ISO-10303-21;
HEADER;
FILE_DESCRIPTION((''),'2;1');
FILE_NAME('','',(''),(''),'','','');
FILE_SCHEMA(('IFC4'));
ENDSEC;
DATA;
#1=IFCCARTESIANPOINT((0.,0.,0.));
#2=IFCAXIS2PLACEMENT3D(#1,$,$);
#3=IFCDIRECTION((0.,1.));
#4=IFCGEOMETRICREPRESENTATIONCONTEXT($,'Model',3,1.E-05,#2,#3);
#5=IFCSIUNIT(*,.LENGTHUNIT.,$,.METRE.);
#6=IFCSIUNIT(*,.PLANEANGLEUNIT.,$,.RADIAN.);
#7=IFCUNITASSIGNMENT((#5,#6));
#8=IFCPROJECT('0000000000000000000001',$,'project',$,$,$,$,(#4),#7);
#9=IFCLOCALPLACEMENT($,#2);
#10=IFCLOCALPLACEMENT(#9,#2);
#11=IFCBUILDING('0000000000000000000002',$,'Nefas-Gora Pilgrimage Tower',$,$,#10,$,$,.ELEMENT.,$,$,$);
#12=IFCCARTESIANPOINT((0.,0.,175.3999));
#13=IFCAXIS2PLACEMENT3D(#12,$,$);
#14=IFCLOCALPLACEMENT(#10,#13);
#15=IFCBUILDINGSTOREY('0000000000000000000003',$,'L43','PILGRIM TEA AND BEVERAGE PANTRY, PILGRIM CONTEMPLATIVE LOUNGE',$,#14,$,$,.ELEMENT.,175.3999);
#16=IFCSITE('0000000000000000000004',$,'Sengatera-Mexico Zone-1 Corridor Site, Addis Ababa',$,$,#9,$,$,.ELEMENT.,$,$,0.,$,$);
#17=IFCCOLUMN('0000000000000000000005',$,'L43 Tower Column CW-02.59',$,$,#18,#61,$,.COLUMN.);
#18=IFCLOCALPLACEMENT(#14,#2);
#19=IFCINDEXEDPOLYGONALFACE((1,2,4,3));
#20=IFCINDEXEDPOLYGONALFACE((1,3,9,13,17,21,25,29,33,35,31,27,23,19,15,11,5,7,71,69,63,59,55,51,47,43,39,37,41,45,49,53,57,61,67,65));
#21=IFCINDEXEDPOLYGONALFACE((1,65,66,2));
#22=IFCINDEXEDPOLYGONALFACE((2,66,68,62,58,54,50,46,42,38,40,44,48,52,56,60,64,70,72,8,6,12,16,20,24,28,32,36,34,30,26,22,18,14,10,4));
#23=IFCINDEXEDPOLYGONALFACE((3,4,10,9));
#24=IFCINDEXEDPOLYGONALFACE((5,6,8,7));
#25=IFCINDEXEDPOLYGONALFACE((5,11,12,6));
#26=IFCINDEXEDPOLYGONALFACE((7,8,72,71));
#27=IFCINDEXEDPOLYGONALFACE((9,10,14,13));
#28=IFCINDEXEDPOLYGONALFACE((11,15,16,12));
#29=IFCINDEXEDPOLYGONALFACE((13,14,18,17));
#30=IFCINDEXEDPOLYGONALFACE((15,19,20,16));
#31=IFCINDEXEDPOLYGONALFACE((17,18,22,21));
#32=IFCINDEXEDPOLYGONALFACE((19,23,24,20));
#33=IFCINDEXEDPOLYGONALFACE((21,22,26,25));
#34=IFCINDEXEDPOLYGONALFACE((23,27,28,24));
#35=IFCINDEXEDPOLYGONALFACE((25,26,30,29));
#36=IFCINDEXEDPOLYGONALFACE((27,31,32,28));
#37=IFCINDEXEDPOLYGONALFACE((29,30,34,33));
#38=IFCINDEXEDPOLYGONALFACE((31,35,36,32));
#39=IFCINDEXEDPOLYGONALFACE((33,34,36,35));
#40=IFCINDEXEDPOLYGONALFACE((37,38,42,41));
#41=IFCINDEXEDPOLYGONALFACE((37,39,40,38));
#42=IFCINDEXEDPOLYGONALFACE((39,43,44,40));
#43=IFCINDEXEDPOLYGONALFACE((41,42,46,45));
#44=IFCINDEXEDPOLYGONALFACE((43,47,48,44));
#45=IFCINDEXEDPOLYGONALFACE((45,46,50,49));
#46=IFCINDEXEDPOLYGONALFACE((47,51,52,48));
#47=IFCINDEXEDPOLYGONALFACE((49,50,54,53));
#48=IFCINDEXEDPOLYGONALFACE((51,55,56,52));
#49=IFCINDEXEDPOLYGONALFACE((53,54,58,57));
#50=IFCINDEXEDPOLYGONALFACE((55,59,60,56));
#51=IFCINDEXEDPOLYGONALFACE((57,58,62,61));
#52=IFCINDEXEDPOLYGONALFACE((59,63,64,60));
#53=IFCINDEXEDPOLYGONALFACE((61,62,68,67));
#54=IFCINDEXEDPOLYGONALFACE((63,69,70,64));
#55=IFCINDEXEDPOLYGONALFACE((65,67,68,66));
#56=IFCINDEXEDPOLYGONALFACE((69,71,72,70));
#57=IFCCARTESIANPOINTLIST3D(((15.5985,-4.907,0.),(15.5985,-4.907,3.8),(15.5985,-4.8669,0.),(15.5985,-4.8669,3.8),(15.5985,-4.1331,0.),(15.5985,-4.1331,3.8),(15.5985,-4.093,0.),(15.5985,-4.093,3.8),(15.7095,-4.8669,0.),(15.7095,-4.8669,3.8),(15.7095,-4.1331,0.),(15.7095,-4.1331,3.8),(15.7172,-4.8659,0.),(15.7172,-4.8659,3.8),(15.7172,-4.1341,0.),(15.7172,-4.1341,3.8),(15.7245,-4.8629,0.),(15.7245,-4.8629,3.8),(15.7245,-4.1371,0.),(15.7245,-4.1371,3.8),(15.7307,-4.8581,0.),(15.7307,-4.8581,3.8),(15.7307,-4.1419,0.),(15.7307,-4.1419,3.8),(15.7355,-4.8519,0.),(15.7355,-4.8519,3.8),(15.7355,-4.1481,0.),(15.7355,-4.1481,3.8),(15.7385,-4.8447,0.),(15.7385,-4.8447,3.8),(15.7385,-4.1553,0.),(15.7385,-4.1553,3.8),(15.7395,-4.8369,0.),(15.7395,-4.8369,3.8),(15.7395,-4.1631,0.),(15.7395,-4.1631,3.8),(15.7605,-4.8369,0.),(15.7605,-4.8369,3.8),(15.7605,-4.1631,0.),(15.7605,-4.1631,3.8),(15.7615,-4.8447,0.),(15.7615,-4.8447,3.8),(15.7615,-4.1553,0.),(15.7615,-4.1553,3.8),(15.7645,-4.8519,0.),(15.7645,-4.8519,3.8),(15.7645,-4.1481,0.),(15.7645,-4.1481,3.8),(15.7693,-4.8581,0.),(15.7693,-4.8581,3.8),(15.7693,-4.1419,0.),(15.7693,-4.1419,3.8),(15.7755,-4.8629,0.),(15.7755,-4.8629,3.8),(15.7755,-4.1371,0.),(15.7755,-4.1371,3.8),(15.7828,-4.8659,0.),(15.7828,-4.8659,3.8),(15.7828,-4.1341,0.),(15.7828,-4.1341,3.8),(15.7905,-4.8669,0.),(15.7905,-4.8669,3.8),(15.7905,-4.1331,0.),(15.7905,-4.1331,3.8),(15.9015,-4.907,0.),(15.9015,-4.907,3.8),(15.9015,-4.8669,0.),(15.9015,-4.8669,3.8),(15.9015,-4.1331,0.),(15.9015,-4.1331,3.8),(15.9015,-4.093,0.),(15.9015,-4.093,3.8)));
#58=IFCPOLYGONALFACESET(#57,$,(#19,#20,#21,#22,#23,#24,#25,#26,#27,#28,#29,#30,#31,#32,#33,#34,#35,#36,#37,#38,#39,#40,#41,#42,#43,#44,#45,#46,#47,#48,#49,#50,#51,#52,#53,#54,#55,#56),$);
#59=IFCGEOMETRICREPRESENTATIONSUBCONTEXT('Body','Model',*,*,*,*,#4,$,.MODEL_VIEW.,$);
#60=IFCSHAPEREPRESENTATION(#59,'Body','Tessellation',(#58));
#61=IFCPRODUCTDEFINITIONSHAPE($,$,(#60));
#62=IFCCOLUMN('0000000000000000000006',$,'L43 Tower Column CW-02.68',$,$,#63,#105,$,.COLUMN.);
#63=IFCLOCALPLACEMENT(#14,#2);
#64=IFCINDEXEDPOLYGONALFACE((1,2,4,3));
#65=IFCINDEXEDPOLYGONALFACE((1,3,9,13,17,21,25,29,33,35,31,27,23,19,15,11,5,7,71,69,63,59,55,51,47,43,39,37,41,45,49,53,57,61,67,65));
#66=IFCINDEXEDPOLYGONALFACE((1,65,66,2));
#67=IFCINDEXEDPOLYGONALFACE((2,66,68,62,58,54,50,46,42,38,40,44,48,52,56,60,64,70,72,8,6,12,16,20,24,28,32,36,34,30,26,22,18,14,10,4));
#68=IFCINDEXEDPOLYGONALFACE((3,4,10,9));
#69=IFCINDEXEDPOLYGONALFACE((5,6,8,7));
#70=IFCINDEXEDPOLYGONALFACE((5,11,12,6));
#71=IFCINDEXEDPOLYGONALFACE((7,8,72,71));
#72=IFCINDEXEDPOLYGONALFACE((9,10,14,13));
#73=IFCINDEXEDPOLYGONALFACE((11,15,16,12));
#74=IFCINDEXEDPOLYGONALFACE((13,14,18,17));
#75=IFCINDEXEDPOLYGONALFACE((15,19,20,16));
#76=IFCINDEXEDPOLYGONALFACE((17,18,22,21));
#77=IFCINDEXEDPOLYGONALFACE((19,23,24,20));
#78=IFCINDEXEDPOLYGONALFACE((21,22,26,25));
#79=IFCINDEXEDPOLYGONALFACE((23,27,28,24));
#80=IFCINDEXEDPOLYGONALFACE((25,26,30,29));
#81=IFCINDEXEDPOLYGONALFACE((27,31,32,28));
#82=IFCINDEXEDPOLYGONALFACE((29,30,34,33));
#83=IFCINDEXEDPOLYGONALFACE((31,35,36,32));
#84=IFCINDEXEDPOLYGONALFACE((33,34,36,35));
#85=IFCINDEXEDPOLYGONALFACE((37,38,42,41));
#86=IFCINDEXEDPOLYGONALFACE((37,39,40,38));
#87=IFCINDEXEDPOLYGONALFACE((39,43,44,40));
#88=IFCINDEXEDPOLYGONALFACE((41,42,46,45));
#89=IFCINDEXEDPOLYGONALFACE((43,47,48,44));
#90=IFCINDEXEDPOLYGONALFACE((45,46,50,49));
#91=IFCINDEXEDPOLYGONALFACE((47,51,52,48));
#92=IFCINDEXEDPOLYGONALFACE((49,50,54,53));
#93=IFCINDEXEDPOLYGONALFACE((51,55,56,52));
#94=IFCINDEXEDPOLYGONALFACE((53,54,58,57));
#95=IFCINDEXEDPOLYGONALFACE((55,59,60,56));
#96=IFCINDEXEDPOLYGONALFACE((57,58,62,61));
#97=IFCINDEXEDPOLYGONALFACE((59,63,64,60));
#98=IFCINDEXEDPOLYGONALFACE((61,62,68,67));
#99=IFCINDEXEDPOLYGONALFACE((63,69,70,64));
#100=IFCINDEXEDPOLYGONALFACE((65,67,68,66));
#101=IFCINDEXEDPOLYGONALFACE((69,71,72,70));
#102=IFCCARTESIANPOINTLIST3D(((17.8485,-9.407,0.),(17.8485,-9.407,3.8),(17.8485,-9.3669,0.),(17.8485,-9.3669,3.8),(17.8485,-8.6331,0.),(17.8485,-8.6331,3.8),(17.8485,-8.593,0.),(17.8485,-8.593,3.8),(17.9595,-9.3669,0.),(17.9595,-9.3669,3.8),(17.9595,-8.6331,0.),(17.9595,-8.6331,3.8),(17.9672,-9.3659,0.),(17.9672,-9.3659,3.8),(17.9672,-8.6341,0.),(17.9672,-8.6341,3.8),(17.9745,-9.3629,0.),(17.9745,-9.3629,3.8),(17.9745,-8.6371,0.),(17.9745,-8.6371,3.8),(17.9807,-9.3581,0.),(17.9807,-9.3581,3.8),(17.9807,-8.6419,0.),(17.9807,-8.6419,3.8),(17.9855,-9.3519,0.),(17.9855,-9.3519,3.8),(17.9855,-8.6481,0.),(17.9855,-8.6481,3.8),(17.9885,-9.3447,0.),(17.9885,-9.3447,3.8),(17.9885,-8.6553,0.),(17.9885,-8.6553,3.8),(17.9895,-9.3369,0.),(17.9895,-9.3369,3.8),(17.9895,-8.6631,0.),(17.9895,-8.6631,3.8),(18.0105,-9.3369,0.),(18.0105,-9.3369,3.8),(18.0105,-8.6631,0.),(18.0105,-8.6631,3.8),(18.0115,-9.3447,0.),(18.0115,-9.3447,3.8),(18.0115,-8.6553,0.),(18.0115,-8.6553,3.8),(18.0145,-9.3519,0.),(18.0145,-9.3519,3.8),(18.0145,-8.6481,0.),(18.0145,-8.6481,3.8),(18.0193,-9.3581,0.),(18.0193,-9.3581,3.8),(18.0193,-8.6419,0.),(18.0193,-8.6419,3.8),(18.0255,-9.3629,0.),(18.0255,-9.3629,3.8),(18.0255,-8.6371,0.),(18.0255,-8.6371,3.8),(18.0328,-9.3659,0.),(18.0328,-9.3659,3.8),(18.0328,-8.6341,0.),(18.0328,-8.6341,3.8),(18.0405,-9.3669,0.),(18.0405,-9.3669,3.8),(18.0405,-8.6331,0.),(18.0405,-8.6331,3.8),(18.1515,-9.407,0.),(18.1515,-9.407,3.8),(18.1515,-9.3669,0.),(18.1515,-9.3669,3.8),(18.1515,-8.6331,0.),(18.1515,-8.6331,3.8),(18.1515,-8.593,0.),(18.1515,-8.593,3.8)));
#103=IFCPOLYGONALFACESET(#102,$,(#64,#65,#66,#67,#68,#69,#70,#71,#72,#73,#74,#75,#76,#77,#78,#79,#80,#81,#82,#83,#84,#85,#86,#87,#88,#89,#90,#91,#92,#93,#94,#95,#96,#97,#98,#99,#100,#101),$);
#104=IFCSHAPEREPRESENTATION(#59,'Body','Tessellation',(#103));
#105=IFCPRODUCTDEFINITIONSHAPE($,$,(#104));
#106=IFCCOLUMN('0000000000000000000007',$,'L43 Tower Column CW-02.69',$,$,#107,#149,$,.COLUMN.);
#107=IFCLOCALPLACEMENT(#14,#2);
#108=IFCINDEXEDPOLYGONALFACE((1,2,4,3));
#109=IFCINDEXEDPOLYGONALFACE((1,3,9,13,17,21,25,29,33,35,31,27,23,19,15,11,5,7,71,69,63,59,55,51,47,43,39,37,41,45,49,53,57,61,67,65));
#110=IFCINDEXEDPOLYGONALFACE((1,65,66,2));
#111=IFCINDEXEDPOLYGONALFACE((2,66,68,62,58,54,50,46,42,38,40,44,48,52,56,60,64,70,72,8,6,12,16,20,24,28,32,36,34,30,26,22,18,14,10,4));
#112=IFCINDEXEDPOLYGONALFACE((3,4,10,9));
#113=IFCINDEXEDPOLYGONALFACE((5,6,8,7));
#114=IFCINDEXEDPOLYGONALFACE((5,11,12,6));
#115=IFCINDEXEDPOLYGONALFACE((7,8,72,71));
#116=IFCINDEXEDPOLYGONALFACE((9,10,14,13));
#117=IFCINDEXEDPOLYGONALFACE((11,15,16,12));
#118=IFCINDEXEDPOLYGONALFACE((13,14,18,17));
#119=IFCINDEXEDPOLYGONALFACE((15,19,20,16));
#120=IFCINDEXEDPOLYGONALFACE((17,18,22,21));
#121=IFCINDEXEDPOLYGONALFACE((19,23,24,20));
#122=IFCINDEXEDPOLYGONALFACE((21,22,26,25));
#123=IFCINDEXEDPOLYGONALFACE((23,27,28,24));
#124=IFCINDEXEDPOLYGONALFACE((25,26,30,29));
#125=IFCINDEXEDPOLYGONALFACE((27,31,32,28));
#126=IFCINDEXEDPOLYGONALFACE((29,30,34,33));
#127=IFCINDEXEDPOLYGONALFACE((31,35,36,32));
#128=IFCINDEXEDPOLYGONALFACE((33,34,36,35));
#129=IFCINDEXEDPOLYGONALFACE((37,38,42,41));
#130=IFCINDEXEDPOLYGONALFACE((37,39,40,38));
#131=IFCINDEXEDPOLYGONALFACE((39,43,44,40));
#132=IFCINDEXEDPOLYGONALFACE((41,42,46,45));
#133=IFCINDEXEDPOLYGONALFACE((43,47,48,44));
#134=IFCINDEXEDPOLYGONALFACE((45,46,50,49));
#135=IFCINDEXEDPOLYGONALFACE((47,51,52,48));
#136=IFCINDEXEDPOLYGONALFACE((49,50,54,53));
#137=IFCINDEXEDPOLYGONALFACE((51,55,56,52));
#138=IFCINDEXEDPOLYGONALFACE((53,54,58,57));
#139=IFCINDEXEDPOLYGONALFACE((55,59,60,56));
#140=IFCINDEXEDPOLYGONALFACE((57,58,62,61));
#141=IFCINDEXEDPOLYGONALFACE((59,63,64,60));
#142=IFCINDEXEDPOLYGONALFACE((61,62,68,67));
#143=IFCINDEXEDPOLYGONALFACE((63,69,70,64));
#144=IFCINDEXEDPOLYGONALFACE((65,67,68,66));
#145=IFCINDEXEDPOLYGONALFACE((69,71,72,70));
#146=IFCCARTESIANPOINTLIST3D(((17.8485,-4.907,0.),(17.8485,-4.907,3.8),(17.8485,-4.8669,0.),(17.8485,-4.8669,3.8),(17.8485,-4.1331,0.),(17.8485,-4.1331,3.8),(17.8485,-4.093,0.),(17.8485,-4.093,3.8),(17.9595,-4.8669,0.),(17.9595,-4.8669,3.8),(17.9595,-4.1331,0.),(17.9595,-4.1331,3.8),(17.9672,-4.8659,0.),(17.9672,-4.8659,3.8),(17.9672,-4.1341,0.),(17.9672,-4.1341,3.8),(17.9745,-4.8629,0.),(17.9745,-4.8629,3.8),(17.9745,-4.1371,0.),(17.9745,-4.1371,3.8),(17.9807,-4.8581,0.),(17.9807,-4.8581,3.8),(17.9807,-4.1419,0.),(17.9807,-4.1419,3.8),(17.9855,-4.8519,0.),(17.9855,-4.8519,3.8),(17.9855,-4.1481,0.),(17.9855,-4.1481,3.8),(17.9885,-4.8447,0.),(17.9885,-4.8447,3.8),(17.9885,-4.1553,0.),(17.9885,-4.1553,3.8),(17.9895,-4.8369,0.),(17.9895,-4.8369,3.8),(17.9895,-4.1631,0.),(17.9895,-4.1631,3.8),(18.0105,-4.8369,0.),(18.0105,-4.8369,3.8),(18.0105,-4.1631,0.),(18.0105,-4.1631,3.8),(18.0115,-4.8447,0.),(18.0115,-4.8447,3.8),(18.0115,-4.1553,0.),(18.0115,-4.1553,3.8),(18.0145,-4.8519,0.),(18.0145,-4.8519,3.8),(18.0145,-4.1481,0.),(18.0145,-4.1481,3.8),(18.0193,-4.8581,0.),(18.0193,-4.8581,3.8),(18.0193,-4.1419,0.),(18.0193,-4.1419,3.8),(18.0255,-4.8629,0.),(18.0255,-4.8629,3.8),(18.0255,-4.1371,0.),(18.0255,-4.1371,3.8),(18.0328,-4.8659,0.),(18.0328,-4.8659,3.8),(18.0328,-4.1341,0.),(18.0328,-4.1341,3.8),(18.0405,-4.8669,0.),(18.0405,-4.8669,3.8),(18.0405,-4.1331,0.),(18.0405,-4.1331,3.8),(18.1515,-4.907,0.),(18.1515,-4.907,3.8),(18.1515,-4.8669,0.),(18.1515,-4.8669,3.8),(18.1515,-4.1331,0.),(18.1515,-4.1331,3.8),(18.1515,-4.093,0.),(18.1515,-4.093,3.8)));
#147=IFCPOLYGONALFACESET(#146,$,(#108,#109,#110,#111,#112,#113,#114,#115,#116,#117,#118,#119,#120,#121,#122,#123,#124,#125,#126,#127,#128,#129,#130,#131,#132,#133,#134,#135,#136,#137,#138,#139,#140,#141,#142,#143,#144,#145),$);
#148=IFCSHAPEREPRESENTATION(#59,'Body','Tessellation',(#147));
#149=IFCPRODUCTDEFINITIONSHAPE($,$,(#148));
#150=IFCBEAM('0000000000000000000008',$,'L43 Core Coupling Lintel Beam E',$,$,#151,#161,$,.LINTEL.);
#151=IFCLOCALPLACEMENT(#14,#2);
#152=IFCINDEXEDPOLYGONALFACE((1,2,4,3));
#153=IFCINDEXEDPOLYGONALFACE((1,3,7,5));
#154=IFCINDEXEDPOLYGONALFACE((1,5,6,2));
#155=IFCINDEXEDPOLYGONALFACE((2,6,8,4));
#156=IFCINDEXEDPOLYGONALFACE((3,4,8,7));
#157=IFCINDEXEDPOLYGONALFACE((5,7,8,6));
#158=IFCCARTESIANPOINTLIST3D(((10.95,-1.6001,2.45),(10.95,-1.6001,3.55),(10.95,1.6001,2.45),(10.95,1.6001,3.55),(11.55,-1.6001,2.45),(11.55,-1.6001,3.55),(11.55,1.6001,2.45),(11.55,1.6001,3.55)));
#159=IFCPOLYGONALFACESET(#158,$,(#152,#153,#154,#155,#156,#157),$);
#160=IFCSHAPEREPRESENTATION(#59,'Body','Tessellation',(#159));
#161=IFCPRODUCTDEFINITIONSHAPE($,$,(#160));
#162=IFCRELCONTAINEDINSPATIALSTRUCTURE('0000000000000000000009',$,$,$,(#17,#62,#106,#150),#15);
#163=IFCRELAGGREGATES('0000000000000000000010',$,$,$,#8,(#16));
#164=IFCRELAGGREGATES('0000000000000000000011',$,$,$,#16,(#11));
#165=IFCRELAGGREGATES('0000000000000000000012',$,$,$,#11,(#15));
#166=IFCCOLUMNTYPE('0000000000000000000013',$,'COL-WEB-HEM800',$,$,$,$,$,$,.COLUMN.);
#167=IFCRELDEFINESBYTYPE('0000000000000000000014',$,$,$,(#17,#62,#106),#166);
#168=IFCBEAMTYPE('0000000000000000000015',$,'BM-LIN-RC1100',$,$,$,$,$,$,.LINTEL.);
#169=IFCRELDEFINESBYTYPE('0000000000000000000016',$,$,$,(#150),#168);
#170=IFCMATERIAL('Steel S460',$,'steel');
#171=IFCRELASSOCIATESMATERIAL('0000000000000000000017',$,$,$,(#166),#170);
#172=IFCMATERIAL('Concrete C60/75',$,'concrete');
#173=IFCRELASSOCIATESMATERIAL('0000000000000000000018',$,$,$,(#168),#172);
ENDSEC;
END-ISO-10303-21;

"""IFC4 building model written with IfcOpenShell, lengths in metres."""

from ifc_helpers import new_model, si_unit, direction, frame, origin, origin_2d, place, context, subcontext, project, spatial, rectangle, i_section, extrude, source, transform, mapped, material, material_profile, profile_set, type_object, element, save


model = new_model("IFC4")

# Units and contexts
model_context = context("Model", 3, precision=1e-05, world=origin(), true_north=direction((0.0, 1.0)))
body_context = subcontext(model_context, "Body", "Model", "MODEL_VIEW")
ifc_project = project(units=[si_unit("LENGTHUNIT", "METRE"), si_unit("PLANEANGLEUNIT", "RADIAN")], contexts=[model_context])

# Site, building, storey
site_placement = place(None, origin())
site = spatial("IfcSite", under=ifc_project, at=site_placement, Name="Sengatera-Mexico Zone-1 Corridor Site, Addis Ababa", CompositionType="ELEMENT", RefElevation=0.0)
building_placement = place(site_placement, origin())
building = spatial("IfcBuilding", under=site, at=building_placement, Name="Nefas-Gora Pilgrimage Tower", CompositionType="ELEMENT")
storey_placement = place(building_placement, frame((0.0, 0.0, 175.3999)))
storey = spatial("IfcBuildingStorey", under=building, at=storey_placement, Name="L43", Description="PILGRIM TEA AND BEVERAGE PANTRY, PILGRIM CONTEMPLATIVE LOUNGE", CompositionType="ELEMENT", Elevation=175.3999)

# Columns
ifc_material_1 = material(Name="Steel S460", Category="steel")
ifc_material_profile_1 = material_profile(ifc_material_1, i_section(OverallWidth=0.303, OverallDepth=0.814, WebThickness=0.021, FlangeThickness=0.04, FilletRadius=0.03, at=origin_2d()), Name="HEM 800")
ifc_profile_set_1 = profile_set([ifc_material_profile_1], Name="Steel S460")
column_type_1 = type_object("IfcColumnType", Name="COL-WEB-HEM800", PredefinedType="COLUMN", material=ifc_profile_set_1)
shared_shape_1 = source(origin(), body_context, "Body", "SweptSolid", [
    extrude(i_section(OverallWidth=0.303, OverallDepth=0.814, WebThickness=0.021, FlangeThickness=0.04, FilletRadius=0.03, at=origin_2d()), origin(), (0.0, 0.0, 1.0), 3.8),
])
for number, where, z_axis, x_axis, name in (
    (1, (15.75, -4.5, 0.0), (0.0, 0.0, 1.0), (1.0, 0.0, 0.0), "L43 Tower Column CW-02.59"),
    (2, (18.0, -9.0, 0.0), (0.0, 0.0, 1.0), (1.0, 0.0, 0.0), "L43 Tower Column CW-02.68"),
    (3, (18.0, -4.5, 0.0), (0.0, 0.0, 1.0), (1.0, 0.0, 0.0), "L43 Tower Column CW-02.69"),
):
    element("IfcColumn", number, at=place(storey_placement, frame(where, z_axis=z_axis, x_axis=x_axis)), inside=storey, type_object=column_type_1, Name=name, PredefinedType="COLUMN", context=body_context, shape_type="MappedRepresentation", body=[
        mapped(shared_shape_1, transform((0.0, 0.0, 0.0), x_axis=(1.0, 0.0, 0.0), y_axis=(0.0, 1.0, 0.0), z_axis=(0.0, 0.0, 1.0), scale=1.0)),
    ])

# Beam
ifc_material_2 = material(Name="Concrete C60/75", Category="concrete")
ifc_material_profile_2 = material_profile(ifc_material_2, rectangle(XDim=0.6001, YDim=1.1001, at=origin_2d()), Name="RC 600x1100")
ifc_profile_set_2 = profile_set([ifc_material_profile_2], Name="Concrete C60/75")
beam_type_1 = type_object("IfcBeamType", Name="BM-LIN-RC1100", PredefinedType="LINTEL", material=ifc_profile_set_2)
shared_shape_2 = source(origin(), body_context, "Body", "SweptSolid", [
    extrude(rectangle(XDim=0.6001, YDim=1.1001, at=origin_2d()), origin(), (0.0, 0.0, 1.0), 3.2002),
])
beam_placement = place(storey_placement, frame((11.25, -1.6001, 3.0), z_axis=(0.0, 1.0, 0.0), x_axis=(-1.0, 0.0, 0.0)))
element("IfcBeam", 4, at=beam_placement, inside=storey, type_object=beam_type_1, Name="L43 Core Coupling Lintel Beam E", PredefinedType="LINTEL", context=body_context, shape_type="MappedRepresentation", body=[
    mapped(shared_shape_2, transform((0.0, 0.0, 0.0), x_axis=(1.0, 0.0, 0.0), y_axis=(0.0, 1.0, 0.0), z_axis=(0.0, 0.0, 1.0), scale=1.0)),
])

save(model, "model.ifc")
